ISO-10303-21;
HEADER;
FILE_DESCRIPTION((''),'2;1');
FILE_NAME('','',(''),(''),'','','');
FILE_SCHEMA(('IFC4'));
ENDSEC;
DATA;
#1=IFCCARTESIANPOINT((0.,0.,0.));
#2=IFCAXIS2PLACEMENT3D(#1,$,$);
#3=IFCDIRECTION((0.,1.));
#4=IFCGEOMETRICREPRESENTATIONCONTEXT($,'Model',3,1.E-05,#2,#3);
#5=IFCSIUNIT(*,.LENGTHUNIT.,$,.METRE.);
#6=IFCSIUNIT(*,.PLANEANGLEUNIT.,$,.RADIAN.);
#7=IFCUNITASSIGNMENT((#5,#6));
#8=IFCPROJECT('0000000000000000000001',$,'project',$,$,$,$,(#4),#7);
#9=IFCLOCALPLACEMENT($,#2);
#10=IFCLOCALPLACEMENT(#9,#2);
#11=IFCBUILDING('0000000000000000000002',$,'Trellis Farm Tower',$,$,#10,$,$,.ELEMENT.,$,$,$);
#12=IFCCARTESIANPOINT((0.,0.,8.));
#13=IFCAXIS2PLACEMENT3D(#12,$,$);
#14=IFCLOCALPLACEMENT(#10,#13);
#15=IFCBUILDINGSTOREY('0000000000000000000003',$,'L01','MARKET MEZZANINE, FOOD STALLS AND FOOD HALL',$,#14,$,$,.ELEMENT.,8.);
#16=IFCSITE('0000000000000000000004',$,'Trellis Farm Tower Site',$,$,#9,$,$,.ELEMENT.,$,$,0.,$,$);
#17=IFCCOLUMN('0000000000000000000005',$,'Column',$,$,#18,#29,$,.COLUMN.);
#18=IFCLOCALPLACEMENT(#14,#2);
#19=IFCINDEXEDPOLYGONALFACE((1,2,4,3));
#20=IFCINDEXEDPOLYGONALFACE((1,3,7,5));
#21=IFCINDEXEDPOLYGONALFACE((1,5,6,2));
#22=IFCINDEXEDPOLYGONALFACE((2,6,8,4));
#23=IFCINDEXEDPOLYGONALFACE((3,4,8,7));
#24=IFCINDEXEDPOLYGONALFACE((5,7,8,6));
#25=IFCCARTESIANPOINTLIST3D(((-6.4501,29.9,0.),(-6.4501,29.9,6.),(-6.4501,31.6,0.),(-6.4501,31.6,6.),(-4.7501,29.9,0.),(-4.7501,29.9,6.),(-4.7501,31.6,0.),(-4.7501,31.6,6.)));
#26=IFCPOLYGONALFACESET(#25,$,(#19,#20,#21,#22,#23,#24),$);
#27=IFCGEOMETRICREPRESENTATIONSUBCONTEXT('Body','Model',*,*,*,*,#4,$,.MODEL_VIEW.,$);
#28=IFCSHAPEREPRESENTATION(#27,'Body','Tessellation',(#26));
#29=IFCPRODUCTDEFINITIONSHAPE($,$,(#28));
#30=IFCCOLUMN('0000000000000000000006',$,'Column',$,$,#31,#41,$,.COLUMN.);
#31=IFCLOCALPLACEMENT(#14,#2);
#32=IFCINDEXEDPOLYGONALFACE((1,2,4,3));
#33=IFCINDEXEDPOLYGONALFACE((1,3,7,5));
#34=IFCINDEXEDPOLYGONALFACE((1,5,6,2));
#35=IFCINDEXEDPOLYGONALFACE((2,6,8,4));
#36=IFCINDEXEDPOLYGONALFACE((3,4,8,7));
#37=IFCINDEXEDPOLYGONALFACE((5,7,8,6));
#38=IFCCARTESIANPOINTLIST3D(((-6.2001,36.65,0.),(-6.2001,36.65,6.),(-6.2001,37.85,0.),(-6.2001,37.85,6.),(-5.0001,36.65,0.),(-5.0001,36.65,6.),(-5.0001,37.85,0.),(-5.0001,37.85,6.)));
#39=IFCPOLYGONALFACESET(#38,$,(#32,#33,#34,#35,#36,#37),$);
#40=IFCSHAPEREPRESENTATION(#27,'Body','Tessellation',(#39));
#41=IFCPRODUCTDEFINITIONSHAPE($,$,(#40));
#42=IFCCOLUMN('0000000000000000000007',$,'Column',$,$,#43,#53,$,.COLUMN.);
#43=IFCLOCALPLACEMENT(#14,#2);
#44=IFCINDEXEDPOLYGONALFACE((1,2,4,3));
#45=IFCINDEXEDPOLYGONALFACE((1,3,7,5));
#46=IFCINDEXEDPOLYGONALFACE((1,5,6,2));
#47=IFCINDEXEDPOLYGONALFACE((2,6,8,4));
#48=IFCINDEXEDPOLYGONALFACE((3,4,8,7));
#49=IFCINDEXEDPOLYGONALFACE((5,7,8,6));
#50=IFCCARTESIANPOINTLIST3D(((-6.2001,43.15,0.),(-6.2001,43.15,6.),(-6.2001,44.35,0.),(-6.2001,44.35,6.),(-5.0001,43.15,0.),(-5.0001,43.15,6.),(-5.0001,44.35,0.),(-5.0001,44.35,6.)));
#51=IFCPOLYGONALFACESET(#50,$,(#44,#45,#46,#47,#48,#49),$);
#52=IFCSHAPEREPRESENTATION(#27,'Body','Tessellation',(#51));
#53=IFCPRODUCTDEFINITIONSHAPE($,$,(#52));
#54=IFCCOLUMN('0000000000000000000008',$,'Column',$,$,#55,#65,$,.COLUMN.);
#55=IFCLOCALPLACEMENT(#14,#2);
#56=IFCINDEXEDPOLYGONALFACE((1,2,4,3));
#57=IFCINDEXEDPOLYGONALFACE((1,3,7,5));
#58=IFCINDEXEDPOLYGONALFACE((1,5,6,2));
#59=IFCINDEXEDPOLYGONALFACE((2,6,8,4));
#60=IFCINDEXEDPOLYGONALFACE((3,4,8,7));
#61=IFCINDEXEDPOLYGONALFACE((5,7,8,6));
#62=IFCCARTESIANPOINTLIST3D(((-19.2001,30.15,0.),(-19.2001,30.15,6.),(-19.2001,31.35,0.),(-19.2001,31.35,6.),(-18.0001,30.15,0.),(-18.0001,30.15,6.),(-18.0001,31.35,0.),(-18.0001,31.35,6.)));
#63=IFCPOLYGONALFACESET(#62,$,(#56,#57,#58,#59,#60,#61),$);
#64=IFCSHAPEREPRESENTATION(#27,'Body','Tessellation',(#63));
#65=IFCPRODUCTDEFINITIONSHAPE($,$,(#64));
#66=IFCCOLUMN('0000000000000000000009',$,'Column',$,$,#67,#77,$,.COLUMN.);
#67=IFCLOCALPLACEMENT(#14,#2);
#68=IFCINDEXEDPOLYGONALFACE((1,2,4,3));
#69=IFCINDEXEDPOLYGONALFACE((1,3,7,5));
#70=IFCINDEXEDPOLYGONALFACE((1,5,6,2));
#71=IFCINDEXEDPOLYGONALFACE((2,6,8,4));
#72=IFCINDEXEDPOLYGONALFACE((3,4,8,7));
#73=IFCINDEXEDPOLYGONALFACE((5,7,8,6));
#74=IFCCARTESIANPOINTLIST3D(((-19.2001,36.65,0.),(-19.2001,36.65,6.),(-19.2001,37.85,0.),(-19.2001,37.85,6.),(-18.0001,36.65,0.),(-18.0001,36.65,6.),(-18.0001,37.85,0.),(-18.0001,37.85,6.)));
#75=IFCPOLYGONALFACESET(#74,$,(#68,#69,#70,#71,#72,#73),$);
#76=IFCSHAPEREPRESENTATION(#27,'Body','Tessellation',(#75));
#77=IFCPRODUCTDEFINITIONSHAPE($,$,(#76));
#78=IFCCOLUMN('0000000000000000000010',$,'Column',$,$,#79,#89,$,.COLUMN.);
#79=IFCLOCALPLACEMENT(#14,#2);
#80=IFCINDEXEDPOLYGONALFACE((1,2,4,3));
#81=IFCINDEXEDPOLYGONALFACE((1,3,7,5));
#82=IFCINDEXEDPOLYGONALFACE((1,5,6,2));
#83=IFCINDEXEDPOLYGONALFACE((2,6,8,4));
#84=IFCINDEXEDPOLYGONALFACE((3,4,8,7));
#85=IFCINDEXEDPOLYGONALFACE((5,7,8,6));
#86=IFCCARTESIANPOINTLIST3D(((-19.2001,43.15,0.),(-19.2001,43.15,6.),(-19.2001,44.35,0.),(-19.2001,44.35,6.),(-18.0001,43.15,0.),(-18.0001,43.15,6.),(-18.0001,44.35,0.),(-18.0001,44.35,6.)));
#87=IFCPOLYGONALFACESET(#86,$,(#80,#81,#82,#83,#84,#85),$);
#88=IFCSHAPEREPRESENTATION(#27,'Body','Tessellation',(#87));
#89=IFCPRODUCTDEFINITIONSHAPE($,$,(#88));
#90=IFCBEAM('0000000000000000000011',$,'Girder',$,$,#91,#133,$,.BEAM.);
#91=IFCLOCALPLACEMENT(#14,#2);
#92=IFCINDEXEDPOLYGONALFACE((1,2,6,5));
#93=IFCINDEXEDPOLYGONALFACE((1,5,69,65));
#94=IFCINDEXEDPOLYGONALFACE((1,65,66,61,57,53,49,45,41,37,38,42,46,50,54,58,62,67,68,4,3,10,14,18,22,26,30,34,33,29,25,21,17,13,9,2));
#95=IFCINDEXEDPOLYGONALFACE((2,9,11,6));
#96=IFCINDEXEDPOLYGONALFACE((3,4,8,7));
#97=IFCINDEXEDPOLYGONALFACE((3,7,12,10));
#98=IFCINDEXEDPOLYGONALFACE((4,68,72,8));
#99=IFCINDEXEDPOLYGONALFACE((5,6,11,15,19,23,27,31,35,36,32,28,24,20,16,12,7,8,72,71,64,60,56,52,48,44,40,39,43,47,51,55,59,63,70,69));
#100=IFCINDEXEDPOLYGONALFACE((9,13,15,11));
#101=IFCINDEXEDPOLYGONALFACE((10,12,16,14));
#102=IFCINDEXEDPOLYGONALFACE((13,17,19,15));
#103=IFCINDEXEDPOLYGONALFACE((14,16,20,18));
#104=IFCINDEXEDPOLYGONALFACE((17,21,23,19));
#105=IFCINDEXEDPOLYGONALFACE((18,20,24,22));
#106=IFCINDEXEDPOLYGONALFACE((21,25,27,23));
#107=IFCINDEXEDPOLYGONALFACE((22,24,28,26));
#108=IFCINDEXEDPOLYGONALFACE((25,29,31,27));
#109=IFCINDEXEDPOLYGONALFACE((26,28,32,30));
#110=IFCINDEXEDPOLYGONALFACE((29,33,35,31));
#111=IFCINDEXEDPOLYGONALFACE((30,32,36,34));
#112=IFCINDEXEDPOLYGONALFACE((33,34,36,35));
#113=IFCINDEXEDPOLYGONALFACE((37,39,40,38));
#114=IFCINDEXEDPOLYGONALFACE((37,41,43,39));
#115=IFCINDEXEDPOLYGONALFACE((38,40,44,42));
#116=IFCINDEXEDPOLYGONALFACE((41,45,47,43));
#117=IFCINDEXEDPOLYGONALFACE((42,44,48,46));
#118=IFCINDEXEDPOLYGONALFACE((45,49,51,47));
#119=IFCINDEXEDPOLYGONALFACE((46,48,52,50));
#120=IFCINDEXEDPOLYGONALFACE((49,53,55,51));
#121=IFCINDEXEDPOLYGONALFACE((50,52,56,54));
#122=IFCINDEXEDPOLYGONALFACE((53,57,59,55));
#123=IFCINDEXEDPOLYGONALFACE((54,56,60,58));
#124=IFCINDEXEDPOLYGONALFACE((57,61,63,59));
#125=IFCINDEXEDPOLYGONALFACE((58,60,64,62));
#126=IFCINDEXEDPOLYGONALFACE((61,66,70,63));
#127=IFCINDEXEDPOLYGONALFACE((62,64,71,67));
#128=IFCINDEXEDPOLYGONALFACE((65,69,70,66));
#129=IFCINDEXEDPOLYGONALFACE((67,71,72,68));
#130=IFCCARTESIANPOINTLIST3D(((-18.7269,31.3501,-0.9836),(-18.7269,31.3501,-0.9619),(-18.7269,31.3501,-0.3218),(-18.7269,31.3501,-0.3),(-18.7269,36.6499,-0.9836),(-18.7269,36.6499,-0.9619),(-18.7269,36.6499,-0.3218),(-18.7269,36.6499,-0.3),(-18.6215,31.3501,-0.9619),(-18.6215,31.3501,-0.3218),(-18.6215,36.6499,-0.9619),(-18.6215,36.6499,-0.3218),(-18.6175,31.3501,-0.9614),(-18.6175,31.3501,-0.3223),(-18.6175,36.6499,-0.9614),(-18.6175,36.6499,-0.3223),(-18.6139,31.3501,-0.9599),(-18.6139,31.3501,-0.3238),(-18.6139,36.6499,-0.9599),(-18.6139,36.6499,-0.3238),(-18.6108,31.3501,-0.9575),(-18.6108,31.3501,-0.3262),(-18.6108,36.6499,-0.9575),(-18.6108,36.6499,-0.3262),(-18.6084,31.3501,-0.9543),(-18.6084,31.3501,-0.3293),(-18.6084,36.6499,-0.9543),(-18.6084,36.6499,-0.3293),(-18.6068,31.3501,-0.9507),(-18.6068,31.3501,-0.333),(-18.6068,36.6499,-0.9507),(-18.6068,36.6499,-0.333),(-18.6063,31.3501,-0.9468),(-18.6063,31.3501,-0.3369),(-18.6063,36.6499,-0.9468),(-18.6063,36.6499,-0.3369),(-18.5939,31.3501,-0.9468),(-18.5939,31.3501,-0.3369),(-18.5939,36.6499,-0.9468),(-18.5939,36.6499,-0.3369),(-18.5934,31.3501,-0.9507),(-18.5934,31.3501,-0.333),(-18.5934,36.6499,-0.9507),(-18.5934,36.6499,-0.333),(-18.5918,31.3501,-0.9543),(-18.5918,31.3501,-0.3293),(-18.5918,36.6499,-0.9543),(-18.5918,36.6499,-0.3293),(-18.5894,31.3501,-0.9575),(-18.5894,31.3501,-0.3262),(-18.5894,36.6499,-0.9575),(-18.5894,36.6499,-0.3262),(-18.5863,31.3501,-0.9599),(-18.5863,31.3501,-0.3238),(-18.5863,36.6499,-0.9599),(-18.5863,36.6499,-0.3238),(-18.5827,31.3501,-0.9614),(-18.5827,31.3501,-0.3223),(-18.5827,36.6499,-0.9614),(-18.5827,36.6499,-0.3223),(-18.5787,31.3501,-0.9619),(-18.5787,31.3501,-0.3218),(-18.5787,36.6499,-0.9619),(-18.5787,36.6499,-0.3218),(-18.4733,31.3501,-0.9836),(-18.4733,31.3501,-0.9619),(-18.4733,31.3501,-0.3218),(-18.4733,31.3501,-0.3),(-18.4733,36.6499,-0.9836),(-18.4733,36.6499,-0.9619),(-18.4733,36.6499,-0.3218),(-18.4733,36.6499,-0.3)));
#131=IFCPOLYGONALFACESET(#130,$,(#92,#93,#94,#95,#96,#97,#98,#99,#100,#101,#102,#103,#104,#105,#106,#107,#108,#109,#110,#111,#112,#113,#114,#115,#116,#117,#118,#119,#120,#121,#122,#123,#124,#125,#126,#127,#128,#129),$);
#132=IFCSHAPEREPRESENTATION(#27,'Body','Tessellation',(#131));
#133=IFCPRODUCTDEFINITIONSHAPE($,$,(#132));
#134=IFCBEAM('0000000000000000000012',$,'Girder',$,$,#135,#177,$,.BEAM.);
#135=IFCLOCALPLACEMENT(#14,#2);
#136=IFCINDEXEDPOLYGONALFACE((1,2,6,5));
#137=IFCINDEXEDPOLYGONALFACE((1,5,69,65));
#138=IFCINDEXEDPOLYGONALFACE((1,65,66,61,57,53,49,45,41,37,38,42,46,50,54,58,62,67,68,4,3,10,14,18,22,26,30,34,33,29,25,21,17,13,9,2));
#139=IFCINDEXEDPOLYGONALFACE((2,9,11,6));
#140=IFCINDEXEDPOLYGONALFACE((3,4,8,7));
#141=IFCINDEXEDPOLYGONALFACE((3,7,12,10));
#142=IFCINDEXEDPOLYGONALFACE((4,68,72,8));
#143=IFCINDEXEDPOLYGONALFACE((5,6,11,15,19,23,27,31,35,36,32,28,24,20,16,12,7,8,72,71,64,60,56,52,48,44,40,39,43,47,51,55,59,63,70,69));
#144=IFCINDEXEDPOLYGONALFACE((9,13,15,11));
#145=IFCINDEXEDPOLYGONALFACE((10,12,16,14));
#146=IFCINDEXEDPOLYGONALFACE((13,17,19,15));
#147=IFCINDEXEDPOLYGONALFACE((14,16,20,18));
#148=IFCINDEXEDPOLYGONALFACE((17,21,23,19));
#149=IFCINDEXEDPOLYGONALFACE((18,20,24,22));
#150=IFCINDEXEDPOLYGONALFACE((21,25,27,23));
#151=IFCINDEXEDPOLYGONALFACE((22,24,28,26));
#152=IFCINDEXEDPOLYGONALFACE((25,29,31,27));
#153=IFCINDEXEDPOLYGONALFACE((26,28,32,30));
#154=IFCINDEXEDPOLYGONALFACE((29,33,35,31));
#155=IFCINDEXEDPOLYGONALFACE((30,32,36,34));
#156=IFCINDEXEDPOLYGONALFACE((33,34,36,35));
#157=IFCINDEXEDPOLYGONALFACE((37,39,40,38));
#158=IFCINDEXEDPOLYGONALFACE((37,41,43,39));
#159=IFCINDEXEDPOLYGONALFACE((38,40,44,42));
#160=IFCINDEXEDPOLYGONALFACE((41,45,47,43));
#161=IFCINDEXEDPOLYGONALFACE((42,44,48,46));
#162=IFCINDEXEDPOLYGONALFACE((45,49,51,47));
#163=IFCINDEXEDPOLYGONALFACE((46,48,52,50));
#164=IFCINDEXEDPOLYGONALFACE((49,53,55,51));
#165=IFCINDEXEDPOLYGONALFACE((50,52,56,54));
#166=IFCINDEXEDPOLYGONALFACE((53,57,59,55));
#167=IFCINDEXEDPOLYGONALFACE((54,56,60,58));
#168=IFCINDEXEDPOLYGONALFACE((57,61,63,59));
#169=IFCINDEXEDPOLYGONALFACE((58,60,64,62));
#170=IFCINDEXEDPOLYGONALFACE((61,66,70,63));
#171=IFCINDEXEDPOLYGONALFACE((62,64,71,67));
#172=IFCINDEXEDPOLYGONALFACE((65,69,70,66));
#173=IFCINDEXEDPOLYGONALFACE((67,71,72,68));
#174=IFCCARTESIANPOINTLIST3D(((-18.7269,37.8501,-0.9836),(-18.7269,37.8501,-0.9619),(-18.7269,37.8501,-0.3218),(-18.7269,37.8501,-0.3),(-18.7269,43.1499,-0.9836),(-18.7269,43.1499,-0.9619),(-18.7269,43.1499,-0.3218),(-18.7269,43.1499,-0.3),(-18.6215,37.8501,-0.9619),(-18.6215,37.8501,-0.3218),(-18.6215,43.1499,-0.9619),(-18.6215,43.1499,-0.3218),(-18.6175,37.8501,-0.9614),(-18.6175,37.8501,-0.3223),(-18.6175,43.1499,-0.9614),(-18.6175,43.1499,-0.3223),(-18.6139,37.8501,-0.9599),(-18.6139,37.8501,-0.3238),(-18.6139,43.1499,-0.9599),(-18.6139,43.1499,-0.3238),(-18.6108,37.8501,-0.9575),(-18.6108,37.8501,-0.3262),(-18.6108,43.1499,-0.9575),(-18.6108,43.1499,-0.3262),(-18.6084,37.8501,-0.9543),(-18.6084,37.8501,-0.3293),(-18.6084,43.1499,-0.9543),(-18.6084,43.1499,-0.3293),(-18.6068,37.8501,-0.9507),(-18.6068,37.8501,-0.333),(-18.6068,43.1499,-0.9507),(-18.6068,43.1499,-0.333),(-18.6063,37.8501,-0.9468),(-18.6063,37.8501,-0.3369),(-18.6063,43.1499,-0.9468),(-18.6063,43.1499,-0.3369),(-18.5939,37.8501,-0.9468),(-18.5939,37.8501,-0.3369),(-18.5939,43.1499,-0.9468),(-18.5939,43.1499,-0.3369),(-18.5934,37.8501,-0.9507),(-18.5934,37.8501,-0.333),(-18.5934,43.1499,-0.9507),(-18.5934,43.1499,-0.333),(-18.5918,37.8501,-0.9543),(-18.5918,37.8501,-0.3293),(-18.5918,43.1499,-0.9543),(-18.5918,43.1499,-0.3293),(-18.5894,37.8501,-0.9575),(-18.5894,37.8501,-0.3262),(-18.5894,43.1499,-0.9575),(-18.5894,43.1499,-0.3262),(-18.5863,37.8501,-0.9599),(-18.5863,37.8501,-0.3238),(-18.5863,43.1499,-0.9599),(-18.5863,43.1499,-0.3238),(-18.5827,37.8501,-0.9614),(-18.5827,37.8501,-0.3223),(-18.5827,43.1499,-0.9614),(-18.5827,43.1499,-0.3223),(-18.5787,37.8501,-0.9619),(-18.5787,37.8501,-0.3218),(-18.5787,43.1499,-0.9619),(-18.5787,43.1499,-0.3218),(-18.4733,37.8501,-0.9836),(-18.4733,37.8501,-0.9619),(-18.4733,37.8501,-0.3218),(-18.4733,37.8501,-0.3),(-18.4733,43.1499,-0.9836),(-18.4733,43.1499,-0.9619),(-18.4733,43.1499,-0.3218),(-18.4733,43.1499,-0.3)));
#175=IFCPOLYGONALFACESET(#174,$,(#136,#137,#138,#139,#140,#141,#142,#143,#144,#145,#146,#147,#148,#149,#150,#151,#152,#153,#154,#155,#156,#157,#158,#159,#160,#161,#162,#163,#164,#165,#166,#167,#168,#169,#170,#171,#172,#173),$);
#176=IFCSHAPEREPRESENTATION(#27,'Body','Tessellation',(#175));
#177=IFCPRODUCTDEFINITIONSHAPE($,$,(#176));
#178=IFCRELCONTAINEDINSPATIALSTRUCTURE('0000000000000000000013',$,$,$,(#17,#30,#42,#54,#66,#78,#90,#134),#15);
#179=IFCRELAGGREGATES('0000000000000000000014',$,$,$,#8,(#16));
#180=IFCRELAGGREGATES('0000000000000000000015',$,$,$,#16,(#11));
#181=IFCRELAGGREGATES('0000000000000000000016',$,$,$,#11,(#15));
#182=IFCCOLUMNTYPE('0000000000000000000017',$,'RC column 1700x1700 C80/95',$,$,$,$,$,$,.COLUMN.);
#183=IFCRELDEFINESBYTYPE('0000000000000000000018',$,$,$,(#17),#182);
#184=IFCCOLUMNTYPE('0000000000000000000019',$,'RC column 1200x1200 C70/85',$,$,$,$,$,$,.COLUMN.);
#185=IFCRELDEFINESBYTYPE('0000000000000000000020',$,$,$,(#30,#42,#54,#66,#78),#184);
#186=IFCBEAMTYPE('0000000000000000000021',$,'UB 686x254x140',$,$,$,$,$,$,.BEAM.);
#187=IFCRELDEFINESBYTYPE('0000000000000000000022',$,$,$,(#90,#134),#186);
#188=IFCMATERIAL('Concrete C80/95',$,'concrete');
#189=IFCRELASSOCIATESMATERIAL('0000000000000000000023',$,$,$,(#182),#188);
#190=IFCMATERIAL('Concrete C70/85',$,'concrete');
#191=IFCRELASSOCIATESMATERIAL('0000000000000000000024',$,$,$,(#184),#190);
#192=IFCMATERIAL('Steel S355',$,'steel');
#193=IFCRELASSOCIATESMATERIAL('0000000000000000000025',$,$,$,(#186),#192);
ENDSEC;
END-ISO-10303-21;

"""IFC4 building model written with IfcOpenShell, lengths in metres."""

from ifc_helpers import new_model, si_unit, direction, frame, origin, origin_2d, place, context, subcontext, project, spatial, rectangle, i_section, extrude, source, transform, mapped, material, material_profile, profile_set, type_object, element, save


model = new_model("IFC4")

# Units and contexts
model_context = context("Model", 3, precision=1e-05, world=origin(), true_north=direction((0.0, 1.0)))
body_context = subcontext(model_context, "Body", "Model", "MODEL_VIEW")
ifc_project = project(units=[si_unit("LENGTHUNIT", "METRE"), si_unit("PLANEANGLEUNIT", "RADIAN")], contexts=[model_context])

# Site, building, storey
site_placement = place(None, origin())
site = spatial("IfcSite", under=ifc_project, at=site_placement, Name="Trellis Farm Tower Site", CompositionType="ELEMENT", RefElevation=0.0)
building_placement = place(site_placement, origin())
building = spatial("IfcBuilding", under=site, at=building_placement, Name="Trellis Farm Tower", CompositionType="ELEMENT")
storey_placement = place(building_placement, frame((0.0, 0.0, 8.0)))
storey = spatial("IfcBuildingStorey", under=building, at=storey_placement, Name="L01", Description="MARKET MEZZANINE, FOOD STALLS AND FOOD HALL", CompositionType="ELEMENT", Elevation=8.0)

# Columns
ifc_material_1 = material(Name="Concrete C80/95", Category="concrete")
ifc_material_profile_1 = material_profile(ifc_material_1, rectangle(XDim=1.7, YDim=1.7, at=origin_2d()), Name="RC column 1700x1700 C80/95")
ifc_profile_set_1 = profile_set([ifc_material_profile_1], Name="Concrete C80/95")
column_type_1 = type_object("IfcColumnType", Name="RC column 1700x1700 C80/95", PredefinedType="COLUMN", material=ifc_profile_set_1)
shared_shape_1 = source(origin(), body_context, "Body", "SweptSolid", [
    extrude(rectangle(XDim=1.7, YDim=1.7, at=origin_2d()), origin(), (0.0, 0.0, 1.0), 6.0),
])
column_placement = place(storey_placement, frame((-5.6001, 30.75, 0.0), z_axis=(0.0, 0.0, 1.0), x_axis=(1.0, 0.0, 0.0)))
element("IfcColumn", 1, at=column_placement, inside=storey, type_object=column_type_1, Name="Column", PredefinedType="COLUMN", context=body_context, shape_type="MappedRepresentation", body=[
    mapped(shared_shape_1, transform((0.0, 0.0, 0.0))),
])
ifc_material_2 = material(Name="Concrete C70/85", Category="concrete")
ifc_material_profile_2 = material_profile(ifc_material_2, rectangle(XDim=1.2, YDim=1.2, at=origin_2d()), Name="RC column 1200x1200 C70/85")
ifc_profile_set_2 = profile_set([ifc_material_profile_2], Name="Concrete C70/85")
column_type_2 = type_object("IfcColumnType", Name="RC column 1200x1200 C70/85", PredefinedType="COLUMN", material=ifc_profile_set_2)
shared_shape_2 = source(origin(), body_context, "Body", "SweptSolid", [
    extrude(rectangle(XDim=1.2, YDim=1.2, at=origin_2d()), origin(), (0.0, 0.0, 1.0), 6.0),
])
for number, where, z_axis, x_axis, name in (
    (2, (-5.6001, 37.25, 0.0), (0.0, 0.0, 1.0), (1.0, 0.0, 0.0), "Column"),
    (3, (-5.6001, 43.75, 0.0), (0.0, 0.0, 1.0), (1.0, 0.0, 0.0), "Column"),
    (4, (-18.6001, 30.75, 0.0), (0.0, 0.0, 1.0), (1.0, 0.0, 0.0), "Column"),
    (5, (-18.6001, 37.25, 0.0), (0.0, 0.0, 1.0), (1.0, 0.0, 0.0), "Column"),
    (6, (-18.6001, 43.75, 0.0), (0.0, 0.0, 1.0), (1.0, 0.0, 0.0), "Column"),
):
    element("IfcColumn", number, at=place(storey_placement, frame(where, z_axis=z_axis, x_axis=x_axis)), inside=storey, type_object=column_type_2, Name=name, PredefinedType="COLUMN", context=body_context, shape_type="MappedRepresentation", body=[
        mapped(shared_shape_2, transform((0.0, 0.0, 0.0))),
    ])

# Beams
ifc_material_3 = material(Name="Steel S355", Category="steel")
ifc_material_profile_3 = material_profile(ifc_material_3, i_section(OverallWidth=0.2537, OverallDepth=0.6836, WebThickness=0.0125, FlangeThickness=0.0217, FilletRadius=0.0151, at=origin_2d()), Name="UB 686x254x140")
ifc_profile_set_3 = profile_set([ifc_material_profile_3], Name="Steel S355")
beam_type_1 = type_object("IfcBeamType", Name="UB 686x254x140", PredefinedType="BEAM", material=ifc_profile_set_3)
shared_shape_3 = source(origin(), body_context, "Body", "SweptSolid", [
    extrude(i_section(OverallWidth=0.2537, OverallDepth=0.6836, WebThickness=0.0125, FlangeThickness=0.0217, FilletRadius=0.0151, at=origin_2d()), origin(), (0.0, 0.0, 1.0), 5.2998),
])
for number, where, z_axis, x_axis, name in (
    (7, (-18.6001, 31.3501, -0.6418), (0.0, 1.0, 0.0), (-1.0, 0.0, 0.0), "Girder"),
    (8, (-18.6001, 37.8501, -0.6418), (0.0, 1.0, 0.0), (-1.0, 0.0, 0.0), "Girder"),
):
    element("IfcBeam", number, at=place(storey_placement, frame(where, z_axis=z_axis, x_axis=x_axis)), inside=storey, type_object=beam_type_1, Name=name, PredefinedType="BEAM", context=body_context, shape_type="MappedRepresentation", body=[
        mapped(shared_shape_3, transform((0.0, 0.0, 0.0))),
    ])

save(model, "model.ifc")
